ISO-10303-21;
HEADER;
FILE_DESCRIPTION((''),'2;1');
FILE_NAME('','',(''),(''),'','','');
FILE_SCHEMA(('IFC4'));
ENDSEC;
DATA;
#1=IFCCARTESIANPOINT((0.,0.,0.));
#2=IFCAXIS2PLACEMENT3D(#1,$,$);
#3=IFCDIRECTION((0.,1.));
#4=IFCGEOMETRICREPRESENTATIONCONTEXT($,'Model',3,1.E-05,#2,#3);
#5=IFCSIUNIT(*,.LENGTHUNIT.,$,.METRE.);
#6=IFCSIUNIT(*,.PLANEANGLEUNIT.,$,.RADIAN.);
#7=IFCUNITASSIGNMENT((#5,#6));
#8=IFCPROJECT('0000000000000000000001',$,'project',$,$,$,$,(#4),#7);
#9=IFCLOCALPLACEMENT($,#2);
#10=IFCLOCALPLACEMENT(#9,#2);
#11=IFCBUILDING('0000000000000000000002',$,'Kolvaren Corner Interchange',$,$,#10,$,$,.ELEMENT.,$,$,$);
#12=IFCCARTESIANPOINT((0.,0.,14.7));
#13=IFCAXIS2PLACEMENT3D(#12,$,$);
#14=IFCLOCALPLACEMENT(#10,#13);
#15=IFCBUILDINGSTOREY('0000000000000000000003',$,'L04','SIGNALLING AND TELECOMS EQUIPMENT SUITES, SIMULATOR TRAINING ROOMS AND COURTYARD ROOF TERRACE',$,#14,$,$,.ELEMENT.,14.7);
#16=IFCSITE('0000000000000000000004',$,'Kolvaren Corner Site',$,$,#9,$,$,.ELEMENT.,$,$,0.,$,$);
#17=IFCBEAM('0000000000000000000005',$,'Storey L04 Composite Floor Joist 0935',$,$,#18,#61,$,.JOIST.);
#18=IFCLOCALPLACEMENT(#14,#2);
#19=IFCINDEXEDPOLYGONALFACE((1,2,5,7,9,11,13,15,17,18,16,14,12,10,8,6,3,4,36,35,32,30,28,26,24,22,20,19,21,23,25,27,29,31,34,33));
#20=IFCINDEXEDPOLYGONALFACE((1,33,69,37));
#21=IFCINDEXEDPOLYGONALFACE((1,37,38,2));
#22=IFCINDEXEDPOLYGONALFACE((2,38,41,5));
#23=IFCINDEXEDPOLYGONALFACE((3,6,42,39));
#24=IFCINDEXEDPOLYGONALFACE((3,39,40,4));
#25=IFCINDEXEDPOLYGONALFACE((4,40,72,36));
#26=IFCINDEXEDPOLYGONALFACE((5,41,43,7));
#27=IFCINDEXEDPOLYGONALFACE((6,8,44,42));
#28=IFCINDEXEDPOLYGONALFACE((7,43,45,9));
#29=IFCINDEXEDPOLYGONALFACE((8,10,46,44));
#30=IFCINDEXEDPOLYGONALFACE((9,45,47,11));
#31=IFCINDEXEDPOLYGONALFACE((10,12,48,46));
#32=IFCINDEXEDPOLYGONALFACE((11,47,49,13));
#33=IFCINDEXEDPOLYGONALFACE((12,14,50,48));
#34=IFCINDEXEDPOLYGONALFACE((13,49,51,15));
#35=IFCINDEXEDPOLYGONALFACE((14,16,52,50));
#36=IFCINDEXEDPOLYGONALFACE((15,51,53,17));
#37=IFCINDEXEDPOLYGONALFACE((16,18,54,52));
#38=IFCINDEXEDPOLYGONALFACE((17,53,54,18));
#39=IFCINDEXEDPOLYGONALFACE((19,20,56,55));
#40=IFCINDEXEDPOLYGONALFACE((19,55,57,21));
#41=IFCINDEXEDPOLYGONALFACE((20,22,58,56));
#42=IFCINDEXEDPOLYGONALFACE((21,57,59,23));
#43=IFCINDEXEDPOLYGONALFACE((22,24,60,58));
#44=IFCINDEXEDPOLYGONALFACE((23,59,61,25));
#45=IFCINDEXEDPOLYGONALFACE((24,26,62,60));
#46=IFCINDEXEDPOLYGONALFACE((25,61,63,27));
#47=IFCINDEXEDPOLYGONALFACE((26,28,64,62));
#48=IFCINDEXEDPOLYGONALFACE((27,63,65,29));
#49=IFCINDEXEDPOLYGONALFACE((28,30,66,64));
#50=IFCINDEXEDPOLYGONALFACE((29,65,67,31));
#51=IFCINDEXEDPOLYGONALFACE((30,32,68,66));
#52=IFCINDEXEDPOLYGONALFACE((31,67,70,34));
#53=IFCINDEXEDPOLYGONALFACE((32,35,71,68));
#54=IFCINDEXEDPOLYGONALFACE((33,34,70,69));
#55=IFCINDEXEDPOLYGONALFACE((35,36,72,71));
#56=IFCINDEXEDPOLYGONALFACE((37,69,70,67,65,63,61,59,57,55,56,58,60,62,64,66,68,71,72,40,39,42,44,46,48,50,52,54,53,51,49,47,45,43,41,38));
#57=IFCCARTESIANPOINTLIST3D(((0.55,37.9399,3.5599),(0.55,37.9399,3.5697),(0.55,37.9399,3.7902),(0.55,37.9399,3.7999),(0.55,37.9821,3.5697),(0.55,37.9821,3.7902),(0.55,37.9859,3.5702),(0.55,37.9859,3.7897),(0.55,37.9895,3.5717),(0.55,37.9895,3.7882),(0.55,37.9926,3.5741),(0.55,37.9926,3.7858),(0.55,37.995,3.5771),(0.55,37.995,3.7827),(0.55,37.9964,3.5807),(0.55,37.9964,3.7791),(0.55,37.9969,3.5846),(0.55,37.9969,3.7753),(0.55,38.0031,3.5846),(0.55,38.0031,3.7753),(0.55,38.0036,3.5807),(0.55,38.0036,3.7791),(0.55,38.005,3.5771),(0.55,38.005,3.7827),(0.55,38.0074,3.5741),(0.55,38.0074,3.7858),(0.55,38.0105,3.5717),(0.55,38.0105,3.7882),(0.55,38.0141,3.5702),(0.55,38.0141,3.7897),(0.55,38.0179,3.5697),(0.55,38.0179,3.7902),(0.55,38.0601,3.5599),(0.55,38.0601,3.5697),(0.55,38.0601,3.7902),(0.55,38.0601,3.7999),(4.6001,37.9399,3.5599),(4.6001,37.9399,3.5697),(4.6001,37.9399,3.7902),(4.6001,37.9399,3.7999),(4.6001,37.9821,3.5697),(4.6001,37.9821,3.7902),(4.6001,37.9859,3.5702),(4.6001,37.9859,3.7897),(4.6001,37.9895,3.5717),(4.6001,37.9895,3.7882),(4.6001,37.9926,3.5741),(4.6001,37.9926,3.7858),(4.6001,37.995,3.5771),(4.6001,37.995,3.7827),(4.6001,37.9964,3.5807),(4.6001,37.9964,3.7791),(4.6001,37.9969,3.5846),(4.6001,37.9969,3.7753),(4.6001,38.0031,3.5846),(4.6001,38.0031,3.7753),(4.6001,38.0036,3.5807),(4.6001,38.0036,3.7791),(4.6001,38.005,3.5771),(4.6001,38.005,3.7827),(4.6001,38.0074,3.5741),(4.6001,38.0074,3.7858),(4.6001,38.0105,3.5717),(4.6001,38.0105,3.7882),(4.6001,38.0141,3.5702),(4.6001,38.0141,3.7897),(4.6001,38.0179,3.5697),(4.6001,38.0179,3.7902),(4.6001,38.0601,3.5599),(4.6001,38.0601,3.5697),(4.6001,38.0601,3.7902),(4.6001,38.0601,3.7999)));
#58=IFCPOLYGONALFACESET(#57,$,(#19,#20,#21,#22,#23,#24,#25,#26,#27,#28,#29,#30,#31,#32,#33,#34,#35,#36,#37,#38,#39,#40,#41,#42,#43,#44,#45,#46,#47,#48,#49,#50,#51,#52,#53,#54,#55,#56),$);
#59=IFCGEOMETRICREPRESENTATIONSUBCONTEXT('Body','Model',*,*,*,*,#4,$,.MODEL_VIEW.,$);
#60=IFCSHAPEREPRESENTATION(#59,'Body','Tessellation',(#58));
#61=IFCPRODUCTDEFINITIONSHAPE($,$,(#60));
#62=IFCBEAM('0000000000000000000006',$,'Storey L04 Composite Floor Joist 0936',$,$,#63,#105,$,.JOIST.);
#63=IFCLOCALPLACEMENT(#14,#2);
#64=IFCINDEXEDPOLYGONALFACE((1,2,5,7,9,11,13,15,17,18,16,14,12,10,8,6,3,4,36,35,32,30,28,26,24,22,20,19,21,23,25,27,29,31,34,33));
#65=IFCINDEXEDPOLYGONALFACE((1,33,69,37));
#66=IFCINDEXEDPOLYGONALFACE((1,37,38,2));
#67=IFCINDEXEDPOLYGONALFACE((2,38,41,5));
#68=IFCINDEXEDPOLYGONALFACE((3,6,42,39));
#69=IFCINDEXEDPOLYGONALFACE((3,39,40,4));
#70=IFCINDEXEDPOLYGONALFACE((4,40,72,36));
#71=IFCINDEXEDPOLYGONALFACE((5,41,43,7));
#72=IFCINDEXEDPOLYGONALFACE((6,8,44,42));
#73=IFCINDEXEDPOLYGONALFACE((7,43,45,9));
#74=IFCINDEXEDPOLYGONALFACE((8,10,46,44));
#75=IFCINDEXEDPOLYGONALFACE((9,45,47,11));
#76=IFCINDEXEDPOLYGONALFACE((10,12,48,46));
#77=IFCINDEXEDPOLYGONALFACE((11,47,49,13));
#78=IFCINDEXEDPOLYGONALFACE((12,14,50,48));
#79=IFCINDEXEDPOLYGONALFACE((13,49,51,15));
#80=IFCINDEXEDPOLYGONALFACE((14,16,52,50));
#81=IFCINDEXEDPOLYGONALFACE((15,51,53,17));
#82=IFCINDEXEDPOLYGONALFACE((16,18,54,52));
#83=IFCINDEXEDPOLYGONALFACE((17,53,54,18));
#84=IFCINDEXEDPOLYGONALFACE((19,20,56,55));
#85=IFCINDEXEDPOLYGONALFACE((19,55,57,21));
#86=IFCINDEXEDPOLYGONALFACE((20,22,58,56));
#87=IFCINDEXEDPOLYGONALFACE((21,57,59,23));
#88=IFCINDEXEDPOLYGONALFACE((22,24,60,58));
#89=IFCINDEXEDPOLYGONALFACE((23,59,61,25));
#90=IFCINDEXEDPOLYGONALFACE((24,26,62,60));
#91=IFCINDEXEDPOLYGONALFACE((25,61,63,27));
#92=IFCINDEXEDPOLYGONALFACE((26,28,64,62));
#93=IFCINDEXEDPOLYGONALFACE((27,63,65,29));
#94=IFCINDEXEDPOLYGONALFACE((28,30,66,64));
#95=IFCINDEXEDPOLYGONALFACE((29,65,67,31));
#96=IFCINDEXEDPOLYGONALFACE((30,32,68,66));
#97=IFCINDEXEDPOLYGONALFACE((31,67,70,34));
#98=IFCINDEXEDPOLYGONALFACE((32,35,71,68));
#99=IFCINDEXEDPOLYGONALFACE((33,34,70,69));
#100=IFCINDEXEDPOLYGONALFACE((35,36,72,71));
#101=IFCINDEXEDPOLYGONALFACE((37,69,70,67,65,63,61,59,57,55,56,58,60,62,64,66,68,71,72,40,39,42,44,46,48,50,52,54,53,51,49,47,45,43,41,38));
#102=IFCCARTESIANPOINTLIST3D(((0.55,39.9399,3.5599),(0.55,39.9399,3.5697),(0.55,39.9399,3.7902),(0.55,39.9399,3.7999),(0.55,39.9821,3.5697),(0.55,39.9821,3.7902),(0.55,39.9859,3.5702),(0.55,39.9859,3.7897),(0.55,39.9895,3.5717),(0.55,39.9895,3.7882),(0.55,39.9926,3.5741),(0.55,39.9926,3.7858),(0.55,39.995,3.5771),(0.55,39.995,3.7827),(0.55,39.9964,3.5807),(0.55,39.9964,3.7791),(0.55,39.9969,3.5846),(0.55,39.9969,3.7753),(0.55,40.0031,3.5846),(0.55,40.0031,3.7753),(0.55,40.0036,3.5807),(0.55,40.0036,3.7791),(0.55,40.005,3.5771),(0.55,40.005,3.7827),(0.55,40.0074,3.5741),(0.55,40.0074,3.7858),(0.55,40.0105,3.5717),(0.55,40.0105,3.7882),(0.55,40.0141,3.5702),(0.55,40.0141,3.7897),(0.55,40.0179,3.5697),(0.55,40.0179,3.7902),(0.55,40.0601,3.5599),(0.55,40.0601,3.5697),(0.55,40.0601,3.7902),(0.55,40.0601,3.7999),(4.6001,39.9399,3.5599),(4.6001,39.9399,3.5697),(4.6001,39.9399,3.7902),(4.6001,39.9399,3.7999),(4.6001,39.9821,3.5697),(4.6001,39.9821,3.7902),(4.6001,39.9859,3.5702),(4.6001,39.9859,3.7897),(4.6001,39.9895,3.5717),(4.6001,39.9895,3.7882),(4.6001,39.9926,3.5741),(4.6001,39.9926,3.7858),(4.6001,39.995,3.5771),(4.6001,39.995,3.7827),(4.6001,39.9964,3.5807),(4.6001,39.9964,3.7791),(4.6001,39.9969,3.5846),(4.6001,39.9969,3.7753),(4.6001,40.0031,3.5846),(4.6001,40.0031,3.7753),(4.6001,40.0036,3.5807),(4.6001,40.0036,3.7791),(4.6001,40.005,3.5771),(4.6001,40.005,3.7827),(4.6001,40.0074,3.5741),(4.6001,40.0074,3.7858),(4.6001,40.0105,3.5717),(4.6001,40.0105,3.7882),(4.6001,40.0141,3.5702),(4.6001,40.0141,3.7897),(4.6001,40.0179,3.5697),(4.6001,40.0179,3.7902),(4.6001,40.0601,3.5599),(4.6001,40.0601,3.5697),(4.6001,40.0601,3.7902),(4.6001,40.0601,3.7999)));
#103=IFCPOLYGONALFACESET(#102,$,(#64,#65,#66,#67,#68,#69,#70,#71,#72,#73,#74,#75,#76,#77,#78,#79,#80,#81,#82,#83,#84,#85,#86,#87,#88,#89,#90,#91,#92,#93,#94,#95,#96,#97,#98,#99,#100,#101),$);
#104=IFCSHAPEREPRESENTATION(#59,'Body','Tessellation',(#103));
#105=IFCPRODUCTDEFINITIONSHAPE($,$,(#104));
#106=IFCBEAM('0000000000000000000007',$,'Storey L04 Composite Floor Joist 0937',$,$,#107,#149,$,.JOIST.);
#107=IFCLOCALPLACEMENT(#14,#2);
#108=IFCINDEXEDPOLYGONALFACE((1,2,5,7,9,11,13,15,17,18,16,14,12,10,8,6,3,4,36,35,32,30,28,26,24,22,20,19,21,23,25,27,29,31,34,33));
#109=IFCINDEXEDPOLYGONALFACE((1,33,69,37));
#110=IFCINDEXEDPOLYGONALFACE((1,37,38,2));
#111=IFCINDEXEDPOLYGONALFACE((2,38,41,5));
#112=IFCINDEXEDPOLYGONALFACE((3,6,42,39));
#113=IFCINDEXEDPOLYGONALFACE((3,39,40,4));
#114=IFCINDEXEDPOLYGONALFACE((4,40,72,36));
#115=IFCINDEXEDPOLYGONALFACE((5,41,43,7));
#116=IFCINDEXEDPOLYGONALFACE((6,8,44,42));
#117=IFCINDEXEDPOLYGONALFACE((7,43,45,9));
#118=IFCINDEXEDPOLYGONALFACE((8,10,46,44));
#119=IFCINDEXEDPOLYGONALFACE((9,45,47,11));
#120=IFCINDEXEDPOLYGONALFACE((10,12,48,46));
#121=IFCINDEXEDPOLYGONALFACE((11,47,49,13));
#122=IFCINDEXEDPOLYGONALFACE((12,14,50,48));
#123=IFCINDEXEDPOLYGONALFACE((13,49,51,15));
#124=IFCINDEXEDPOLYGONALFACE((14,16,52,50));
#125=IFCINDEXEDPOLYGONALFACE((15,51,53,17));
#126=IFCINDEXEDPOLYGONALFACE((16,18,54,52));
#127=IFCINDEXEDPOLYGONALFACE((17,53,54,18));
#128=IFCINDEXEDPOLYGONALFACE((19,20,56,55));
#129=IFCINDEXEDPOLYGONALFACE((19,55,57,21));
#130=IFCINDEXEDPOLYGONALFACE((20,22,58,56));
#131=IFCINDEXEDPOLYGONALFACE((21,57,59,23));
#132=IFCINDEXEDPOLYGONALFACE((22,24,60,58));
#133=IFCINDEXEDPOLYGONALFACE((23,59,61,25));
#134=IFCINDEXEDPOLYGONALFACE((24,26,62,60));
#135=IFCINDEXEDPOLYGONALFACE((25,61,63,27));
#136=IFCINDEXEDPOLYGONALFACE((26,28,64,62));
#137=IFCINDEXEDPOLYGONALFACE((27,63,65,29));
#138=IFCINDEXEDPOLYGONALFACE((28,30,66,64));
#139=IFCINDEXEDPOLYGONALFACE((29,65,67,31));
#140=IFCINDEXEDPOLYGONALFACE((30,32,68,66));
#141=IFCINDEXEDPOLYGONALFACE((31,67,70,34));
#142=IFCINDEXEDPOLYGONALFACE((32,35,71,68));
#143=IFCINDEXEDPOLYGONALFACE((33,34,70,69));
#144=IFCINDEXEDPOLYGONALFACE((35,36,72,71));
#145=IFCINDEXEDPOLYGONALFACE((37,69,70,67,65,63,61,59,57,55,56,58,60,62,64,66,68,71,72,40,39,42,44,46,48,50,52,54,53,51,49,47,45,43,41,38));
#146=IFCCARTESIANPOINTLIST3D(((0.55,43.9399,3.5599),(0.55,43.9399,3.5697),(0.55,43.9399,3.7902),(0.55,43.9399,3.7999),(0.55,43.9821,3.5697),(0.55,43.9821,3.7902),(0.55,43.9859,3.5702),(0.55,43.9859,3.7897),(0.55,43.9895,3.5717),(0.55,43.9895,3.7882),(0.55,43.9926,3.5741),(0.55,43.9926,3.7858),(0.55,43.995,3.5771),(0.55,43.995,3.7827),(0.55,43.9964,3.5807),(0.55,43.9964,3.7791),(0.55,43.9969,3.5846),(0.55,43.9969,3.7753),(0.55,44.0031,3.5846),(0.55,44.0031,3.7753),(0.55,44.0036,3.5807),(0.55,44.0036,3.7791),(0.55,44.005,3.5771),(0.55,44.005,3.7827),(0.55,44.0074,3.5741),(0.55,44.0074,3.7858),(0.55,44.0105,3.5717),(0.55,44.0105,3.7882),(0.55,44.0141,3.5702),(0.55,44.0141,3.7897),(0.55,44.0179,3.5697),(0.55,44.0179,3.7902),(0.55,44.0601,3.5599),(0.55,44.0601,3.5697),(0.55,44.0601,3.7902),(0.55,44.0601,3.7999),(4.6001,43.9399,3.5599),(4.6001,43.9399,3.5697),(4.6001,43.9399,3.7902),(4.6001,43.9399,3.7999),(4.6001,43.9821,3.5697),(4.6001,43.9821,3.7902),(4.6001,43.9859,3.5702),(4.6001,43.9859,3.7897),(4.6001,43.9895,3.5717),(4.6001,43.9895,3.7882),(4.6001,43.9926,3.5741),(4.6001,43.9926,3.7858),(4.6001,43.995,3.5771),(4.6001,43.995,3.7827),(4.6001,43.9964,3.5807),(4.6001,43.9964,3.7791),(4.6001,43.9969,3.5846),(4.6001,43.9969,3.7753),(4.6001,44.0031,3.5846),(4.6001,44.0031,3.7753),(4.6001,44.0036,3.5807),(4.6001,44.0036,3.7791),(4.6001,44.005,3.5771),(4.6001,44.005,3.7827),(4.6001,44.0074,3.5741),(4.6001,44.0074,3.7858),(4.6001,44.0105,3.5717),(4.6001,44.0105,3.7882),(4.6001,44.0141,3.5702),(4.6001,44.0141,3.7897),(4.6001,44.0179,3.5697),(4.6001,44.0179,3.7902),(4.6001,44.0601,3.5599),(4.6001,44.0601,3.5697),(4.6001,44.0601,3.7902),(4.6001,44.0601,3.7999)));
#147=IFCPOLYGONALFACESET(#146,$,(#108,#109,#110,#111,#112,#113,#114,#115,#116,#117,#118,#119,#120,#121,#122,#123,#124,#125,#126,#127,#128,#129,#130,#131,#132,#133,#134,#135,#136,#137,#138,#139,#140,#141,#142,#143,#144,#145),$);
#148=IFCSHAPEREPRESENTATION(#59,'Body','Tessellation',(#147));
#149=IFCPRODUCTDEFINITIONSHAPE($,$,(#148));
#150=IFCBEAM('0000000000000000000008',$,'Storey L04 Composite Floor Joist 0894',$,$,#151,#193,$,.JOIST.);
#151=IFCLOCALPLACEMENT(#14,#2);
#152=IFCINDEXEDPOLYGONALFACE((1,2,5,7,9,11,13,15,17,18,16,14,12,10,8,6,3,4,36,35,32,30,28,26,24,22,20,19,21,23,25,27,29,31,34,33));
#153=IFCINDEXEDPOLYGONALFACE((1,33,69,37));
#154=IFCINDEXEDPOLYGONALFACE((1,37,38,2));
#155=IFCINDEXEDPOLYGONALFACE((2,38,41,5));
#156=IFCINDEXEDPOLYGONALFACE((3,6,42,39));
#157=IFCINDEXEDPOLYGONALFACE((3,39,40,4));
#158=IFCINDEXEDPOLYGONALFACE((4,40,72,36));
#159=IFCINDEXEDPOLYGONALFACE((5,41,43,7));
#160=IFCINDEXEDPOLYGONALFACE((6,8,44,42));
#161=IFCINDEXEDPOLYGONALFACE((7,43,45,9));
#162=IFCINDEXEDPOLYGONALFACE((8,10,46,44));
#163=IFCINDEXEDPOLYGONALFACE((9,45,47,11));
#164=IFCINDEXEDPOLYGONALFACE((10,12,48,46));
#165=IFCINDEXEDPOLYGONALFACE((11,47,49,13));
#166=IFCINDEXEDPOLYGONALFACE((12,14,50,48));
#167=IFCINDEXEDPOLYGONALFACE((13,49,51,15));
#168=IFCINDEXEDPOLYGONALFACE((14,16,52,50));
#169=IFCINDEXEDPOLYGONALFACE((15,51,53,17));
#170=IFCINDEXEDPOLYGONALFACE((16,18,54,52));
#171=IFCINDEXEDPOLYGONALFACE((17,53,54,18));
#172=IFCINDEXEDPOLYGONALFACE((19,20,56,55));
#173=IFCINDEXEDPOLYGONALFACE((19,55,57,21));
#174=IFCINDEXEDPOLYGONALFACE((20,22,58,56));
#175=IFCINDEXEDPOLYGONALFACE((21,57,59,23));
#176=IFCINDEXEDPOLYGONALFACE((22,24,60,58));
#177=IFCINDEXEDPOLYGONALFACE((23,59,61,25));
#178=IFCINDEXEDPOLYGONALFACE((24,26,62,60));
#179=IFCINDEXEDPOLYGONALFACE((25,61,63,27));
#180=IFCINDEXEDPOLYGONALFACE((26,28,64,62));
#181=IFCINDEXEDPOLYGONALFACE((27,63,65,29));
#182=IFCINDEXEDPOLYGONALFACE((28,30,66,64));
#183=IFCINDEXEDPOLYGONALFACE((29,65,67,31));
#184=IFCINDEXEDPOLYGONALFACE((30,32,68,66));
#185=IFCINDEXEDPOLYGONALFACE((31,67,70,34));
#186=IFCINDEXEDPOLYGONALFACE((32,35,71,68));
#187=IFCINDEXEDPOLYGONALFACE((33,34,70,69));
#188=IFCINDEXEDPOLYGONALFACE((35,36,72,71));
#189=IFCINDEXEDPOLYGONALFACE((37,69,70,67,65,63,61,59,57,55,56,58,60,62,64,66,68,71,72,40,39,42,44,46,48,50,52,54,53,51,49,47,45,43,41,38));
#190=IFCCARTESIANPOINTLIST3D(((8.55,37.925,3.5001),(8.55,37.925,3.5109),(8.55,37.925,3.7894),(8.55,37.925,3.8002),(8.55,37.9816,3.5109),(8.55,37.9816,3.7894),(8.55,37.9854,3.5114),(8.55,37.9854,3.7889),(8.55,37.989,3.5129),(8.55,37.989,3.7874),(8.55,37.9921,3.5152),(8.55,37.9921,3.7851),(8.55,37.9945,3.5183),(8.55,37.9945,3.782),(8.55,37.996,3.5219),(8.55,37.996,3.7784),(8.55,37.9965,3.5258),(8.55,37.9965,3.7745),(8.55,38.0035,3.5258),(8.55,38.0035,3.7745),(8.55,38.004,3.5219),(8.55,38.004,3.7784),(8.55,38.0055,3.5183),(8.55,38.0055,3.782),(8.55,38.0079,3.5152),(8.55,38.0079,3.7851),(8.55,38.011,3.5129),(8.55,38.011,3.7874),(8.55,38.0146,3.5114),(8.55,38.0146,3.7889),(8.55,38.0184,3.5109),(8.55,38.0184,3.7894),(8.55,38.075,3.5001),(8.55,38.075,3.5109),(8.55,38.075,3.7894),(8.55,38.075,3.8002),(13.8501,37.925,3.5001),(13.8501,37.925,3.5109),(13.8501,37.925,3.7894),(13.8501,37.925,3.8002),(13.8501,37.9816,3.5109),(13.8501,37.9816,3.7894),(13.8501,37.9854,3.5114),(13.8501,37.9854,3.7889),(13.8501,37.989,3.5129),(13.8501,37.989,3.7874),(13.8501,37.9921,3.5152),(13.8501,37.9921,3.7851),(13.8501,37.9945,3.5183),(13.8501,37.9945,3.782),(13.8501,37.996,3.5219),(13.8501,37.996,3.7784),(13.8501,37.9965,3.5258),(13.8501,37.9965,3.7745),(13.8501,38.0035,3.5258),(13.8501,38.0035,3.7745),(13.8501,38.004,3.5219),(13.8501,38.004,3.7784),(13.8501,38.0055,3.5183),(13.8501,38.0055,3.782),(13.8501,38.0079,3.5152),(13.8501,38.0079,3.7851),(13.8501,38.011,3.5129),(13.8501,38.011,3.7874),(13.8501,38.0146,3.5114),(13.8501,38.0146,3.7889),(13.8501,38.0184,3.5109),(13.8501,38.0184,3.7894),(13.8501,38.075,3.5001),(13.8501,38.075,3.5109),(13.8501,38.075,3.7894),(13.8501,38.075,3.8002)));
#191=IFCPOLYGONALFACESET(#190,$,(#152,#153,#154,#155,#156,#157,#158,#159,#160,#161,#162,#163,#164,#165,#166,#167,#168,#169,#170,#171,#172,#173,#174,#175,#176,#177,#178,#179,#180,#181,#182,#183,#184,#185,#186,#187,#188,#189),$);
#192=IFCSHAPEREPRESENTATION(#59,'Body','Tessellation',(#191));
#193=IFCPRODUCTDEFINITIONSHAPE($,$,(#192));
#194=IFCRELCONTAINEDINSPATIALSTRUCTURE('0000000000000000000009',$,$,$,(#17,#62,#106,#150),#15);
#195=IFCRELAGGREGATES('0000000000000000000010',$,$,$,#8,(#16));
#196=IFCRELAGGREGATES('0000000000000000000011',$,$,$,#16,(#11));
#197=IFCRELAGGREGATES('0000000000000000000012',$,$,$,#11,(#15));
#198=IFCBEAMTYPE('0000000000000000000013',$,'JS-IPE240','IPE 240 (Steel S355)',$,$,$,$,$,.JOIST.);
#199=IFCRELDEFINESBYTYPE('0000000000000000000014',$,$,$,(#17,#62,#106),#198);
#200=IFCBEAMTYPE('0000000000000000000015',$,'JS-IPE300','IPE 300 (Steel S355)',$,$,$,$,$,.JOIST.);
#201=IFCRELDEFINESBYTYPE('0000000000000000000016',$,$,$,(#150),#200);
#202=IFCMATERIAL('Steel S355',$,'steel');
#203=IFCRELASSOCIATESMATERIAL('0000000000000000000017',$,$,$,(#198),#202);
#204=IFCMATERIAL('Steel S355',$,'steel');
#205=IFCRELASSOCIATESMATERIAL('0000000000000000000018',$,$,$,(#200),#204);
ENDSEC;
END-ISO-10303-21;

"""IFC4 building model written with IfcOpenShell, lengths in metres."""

from ifc_helpers import new_model, si_unit, direction, frame, origin, origin_2d, place, context, subcontext, project, spatial, i_section, extrude, material, material_profile, profile_set, type_object, element, save


model = new_model("IFC4")

# Units and contexts
model_context = context("Model", 3, precision=1e-05, world=origin(), true_north=direction((0.0, 1.0)))
body_context = subcontext(model_context, "Body", "Model", "MODEL_VIEW")
ifc_project = project(units=[si_unit("LENGTHUNIT", "METRE"), si_unit("PLANEANGLEUNIT", "RADIAN")], contexts=[model_context])

# Site, building, storey
site_placement = place(None, origin())
site = spatial("IfcSite", under=ifc_project, at=site_placement, Name="Kolvaren Corner Site", CompositionType="ELEMENT", RefElevation=0.0)
building_placement = place(site_placement, origin())
building = spatial("IfcBuilding", under=site, at=building_placement, Name="Kolvaren Corner Interchange", CompositionType="ELEMENT")
storey_placement = place(building_placement, frame((0.0, 0.0, 14.7)))
storey = spatial("IfcBuildingStorey", under=building, at=storey_placement, Name="L04", Description="SIGNALLING AND TELECOMS EQUIPMENT SUITES, SIMULATOR TRAINING ROOMS AND COURTYARD ROOF TERRACE", CompositionType="ELEMENT", Elevation=14.7)

# Beams
ifc_material_1 = material(Name="Steel S355", Category="steel")
ifc_material_profile_1 = material_profile(ifc_material_1, i_section(OverallWidth=0.1201, OverallDepth=0.24, WebThickness=0.0061, FlangeThickness=0.0098, FilletRadius=0.0149, at=origin_2d()), Name="IPE 240")
ifc_profile_set_1 = profile_set([ifc_material_profile_1], Name="Steel S355")
beam_type_1 = type_object("IfcBeamType", Name="JS-IPE240", Description="IPE 240 (Steel S355)", PredefinedType="JOIST", material=ifc_profile_set_1)
for number, where, z_axis, x_axis, name in (
    (1, (0.55, 38.0, 3.6799), (1.0, 0.0, 0.0), (0.0, 1.0, 0.0), "Storey L04 Composite Floor Joist 0935"),
    (2, (0.55, 40.0, 3.6799), (1.0, 0.0, 0.0), (0.0, 1.0, 0.0), "Storey L04 Composite Floor Joist 0936"),
    (3, (0.55, 44.0, 3.6799), (1.0, 0.0, 0.0), (0.0, 1.0, 0.0), "Storey L04 Composite Floor Joist 0937"),
):
    element("IfcBeam", number, at=place(storey_placement, frame(where, z_axis=z_axis, x_axis=x_axis)), inside=storey, type_object=beam_type_1, Name=name, PredefinedType="JOIST", context=body_context, shape_type="SweptSolid", body=[
        extrude(i_section(OverallWidth=0.1201, OverallDepth=0.24, WebThickness=0.0061, FlangeThickness=0.0098, FilletRadius=0.0149, at=origin_2d()), origin(), (0.0, 0.0, 1.0), 4.05),
    ])
ifc_material_2 = material(Name="Steel S355", Category="steel")
ifc_material_profile_2 = material_profile(ifc_material_2, i_section(OverallWidth=0.1499, OverallDepth=0.3, WebThickness=0.0071, FlangeThickness=0.0107, FilletRadius=0.0149, at=origin_2d()), Name="IPE 300")
ifc_profile_set_2 = profile_set([ifc_material_profile_2], Name="Steel S355")
beam_type_2 = type_object("IfcBeamType", Name="JS-IPE300", Description="IPE 300 (Steel S355)", PredefinedType="JOIST", material=ifc_profile_set_2)
for number, where, z_axis, x_axis, name in (
    (4, (8.55, 38.0, 3.6501), (1.0, 0.0, 0.0), (0.0, 1.0, 0.0), "Storey L04 Composite Floor Joist 0894"),
):
    element("IfcBeam", number, at=place(storey_placement, frame(where, z_axis=z_axis, x_axis=x_axis)), inside=storey, type_object=beam_type_2, Name=name, PredefinedType="JOIST", context=body_context, shape_type="SweptSolid", body=[
        extrude(i_section(OverallWidth=0.1499, OverallDepth=0.3, WebThickness=0.0071, FlangeThickness=0.0107, FilletRadius=0.0149, at=origin_2d()), origin(), (0.0, 0.0, 1.0), 5.3),
    ])

save(model, "model.ifc")
